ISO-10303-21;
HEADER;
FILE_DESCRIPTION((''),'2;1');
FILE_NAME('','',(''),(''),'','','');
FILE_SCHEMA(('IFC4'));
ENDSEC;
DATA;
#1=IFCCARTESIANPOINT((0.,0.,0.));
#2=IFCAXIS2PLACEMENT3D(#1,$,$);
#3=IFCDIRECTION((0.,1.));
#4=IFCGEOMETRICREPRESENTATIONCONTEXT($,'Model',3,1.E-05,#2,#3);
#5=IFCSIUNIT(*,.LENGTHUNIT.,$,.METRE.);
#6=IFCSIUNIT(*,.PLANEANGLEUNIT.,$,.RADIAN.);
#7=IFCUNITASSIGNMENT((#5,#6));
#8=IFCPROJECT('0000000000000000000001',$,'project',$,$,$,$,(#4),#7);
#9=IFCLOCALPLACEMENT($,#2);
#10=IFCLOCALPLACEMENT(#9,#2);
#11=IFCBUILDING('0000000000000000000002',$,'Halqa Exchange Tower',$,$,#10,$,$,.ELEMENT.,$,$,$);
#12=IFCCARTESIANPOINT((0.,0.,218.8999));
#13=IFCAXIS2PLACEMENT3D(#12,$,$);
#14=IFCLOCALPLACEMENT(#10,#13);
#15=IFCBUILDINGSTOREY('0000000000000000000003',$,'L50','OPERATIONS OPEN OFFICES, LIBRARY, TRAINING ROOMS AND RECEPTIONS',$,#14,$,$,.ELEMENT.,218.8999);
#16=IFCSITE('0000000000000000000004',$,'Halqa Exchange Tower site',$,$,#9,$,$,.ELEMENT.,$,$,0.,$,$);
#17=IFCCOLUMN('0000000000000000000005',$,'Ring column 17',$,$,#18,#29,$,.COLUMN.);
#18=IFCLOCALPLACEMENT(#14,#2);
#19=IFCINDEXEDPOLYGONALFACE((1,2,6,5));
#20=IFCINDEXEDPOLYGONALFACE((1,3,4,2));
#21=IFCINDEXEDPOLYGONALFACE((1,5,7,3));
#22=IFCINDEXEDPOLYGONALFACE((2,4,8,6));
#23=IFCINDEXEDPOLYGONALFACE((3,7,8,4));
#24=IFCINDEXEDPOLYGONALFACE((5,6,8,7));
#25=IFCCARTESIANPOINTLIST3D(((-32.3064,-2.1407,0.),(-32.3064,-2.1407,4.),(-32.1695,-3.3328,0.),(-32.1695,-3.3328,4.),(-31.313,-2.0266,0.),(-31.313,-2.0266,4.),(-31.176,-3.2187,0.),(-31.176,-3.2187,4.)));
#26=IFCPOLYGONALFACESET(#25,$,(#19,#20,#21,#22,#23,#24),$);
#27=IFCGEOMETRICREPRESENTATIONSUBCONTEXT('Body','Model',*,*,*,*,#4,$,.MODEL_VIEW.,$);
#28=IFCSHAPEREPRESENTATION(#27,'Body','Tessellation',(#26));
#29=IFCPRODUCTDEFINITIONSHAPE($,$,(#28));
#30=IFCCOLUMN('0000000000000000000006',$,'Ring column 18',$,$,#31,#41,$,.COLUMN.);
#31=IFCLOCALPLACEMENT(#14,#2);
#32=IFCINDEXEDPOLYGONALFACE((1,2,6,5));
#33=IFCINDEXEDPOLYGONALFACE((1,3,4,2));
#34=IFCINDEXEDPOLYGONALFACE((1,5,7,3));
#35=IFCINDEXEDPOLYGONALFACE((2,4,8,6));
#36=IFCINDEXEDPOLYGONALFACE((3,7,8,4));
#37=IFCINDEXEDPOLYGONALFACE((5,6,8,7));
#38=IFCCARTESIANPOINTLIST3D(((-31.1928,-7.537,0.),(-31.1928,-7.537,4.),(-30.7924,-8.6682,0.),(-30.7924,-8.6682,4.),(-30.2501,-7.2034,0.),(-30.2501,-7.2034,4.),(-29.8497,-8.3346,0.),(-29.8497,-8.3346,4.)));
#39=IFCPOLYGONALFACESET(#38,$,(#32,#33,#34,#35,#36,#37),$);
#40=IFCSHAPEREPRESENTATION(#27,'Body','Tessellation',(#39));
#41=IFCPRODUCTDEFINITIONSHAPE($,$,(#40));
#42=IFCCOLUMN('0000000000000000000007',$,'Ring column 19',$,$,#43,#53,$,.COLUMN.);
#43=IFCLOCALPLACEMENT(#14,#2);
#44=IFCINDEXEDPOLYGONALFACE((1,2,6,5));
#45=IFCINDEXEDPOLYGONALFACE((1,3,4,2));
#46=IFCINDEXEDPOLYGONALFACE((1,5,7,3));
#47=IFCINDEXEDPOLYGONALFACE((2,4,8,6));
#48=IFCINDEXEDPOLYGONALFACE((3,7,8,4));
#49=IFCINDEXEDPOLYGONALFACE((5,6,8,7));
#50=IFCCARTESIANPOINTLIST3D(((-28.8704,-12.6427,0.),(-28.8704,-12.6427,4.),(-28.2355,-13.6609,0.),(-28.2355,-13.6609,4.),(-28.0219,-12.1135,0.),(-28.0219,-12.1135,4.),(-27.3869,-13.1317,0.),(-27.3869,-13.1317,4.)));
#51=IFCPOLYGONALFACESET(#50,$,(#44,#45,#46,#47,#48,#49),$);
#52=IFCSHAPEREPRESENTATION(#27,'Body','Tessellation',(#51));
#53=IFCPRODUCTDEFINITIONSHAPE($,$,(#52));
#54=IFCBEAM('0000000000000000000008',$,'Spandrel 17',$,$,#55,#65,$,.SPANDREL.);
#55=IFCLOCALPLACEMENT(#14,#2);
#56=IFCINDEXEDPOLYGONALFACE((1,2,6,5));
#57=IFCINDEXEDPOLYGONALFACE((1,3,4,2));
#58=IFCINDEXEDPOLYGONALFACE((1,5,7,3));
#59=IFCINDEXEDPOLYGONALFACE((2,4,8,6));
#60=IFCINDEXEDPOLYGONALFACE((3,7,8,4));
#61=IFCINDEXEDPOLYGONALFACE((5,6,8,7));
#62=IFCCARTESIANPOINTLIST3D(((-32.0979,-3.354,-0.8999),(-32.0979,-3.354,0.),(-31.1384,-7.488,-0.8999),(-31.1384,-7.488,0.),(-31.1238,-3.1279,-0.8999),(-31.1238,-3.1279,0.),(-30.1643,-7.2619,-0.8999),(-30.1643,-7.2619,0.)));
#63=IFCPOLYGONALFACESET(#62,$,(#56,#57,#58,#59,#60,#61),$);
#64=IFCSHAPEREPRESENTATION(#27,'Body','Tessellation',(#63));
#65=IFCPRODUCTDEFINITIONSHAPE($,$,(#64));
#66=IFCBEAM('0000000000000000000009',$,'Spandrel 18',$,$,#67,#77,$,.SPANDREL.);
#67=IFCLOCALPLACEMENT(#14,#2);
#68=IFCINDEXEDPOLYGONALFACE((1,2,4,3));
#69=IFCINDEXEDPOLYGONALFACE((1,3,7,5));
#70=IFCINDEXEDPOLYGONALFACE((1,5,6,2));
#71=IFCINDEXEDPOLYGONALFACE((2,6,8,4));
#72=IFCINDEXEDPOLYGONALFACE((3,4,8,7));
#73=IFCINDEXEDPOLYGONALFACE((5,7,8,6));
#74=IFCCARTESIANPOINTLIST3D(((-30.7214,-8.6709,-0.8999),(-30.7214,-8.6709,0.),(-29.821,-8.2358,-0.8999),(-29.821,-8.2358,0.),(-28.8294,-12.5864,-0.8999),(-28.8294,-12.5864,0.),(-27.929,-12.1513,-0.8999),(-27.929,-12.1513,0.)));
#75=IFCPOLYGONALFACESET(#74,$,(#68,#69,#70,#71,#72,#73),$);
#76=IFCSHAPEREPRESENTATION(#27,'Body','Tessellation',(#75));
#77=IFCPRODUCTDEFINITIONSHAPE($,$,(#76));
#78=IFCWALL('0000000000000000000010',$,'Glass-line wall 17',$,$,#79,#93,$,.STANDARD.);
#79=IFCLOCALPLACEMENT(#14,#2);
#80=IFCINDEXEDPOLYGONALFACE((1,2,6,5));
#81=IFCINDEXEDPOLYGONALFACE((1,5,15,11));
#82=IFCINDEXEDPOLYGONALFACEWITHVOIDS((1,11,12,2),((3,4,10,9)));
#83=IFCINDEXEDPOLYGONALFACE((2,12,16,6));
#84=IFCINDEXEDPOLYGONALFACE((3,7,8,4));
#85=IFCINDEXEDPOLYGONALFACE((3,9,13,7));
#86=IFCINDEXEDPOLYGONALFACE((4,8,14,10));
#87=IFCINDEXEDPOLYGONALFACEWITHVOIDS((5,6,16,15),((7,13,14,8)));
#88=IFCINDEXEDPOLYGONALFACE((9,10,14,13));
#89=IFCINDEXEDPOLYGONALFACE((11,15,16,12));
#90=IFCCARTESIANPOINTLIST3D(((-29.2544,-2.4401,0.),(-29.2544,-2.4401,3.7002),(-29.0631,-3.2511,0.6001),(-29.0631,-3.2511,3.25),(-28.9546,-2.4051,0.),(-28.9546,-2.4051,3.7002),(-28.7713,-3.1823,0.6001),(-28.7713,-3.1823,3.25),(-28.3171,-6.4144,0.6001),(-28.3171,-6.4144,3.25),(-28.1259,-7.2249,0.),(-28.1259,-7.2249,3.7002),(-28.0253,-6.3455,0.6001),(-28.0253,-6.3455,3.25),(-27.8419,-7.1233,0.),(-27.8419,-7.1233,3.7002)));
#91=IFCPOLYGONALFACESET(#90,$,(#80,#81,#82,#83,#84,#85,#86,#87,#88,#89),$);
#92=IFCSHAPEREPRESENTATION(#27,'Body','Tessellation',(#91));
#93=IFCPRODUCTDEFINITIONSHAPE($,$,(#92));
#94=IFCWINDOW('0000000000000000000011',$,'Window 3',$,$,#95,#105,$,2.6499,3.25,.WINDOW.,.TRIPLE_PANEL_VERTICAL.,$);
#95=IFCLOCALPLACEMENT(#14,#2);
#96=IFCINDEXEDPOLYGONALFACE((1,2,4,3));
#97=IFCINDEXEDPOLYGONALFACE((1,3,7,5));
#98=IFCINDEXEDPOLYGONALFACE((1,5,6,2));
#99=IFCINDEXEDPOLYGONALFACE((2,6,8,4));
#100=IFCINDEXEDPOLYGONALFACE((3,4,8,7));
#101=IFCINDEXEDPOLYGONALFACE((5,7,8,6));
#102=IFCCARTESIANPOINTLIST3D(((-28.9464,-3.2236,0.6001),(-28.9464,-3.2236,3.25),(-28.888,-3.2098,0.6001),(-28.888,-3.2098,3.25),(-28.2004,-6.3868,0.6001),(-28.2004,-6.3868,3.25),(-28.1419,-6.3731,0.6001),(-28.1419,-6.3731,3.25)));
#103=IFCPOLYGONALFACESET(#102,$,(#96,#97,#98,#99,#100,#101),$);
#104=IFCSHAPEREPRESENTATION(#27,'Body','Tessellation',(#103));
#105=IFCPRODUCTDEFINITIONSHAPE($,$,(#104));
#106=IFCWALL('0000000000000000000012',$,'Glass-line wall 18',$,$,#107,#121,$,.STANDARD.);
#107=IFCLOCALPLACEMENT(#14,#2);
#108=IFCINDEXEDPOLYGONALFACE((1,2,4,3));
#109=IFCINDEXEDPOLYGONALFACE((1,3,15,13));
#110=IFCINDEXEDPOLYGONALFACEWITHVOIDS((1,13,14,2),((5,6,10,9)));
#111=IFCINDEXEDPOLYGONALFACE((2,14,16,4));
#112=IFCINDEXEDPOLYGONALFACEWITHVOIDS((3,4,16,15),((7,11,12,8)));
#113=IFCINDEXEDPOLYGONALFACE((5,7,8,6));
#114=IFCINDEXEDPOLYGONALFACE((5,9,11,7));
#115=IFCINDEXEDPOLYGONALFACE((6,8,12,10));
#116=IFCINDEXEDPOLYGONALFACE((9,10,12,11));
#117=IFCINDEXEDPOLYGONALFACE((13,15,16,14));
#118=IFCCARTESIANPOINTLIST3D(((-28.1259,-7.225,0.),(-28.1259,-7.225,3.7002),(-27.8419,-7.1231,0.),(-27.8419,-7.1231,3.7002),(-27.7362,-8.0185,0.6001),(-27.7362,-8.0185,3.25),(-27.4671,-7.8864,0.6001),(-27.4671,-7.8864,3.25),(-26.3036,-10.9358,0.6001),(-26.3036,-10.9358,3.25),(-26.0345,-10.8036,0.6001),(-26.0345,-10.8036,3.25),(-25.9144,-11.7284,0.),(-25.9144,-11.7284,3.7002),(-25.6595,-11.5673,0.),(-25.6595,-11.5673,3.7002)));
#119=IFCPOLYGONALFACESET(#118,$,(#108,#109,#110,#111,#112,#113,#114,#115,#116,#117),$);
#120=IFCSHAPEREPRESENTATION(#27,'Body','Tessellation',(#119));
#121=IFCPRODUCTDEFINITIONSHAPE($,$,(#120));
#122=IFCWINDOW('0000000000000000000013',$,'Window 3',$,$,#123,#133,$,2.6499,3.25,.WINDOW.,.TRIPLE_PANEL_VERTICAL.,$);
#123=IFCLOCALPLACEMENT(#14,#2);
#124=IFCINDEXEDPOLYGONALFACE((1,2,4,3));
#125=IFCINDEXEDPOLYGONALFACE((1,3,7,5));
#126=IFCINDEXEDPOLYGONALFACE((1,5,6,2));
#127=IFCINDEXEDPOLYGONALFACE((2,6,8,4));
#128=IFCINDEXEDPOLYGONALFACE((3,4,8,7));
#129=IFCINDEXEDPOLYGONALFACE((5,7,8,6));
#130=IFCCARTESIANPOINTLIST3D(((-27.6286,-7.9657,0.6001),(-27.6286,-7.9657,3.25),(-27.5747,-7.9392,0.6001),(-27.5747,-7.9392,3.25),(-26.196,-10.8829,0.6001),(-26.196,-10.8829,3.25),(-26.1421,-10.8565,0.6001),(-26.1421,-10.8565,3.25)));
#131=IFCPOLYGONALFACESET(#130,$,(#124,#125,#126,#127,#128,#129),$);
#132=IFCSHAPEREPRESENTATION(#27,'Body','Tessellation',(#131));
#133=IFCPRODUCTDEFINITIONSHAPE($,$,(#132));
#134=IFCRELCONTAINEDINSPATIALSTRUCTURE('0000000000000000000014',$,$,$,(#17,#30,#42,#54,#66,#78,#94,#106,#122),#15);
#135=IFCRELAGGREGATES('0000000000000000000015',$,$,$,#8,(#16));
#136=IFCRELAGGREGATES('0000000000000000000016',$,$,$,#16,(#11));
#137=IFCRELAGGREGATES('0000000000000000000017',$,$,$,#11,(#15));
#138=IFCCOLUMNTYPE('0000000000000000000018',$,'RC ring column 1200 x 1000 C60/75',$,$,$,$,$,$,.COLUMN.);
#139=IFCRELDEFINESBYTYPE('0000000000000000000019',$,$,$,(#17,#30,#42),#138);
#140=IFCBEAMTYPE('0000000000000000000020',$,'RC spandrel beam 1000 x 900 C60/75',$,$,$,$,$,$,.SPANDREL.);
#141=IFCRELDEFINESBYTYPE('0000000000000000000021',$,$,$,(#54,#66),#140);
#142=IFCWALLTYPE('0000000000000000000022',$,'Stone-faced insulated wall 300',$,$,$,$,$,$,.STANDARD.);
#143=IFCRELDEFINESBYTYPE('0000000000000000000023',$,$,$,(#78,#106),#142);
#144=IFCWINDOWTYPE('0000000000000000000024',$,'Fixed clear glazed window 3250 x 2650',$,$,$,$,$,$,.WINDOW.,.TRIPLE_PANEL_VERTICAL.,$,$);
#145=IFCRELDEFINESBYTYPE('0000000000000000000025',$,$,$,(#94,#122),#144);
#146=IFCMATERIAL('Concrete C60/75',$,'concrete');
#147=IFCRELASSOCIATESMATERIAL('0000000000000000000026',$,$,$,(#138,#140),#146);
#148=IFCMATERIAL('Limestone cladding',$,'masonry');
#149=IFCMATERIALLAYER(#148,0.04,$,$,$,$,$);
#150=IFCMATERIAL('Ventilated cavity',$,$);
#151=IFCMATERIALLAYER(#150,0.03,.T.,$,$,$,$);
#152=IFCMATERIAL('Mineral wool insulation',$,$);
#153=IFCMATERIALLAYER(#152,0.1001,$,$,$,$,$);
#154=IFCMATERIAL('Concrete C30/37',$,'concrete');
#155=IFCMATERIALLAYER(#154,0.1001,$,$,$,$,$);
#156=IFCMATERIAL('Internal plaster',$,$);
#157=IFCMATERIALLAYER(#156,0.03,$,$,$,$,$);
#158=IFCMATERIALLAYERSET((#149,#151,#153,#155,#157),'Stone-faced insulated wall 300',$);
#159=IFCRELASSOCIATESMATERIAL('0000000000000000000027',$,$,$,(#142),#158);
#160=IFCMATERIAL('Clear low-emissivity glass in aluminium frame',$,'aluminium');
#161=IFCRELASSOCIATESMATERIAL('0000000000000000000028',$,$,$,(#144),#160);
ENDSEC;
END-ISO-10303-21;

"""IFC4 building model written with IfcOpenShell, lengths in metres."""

from ifc_helpers import new_model, si_unit, direction, frame, frame_2d, origin, origin_2d, place, context, subcontext, project, spatial, polyline, rectangle, outline, extrude, material, layer, layer_set, material_profile, profile_set, type_object, element, fill, save


model = new_model("IFC4")

# Units and contexts
model_context = context("Model", 3, precision=1e-05, world=origin(), true_north=direction((0.0, 1.0)))
body_context = subcontext(model_context, "Body", "Model", "MODEL_VIEW")
ifc_project = project(units=[si_unit("LENGTHUNIT", "METRE"), si_unit("PLANEANGLEUNIT", "RADIAN")], contexts=[model_context])

# Site, building, storey
site_placement = place(None, origin())
site = spatial("IfcSite", under=ifc_project, at=site_placement, Name="Halqa Exchange Tower site", CompositionType="ELEMENT", RefElevation=0.0)
building_placement = place(site_placement, origin())
building = spatial("IfcBuilding", under=site, at=building_placement, Name="Halqa Exchange Tower", CompositionType="ELEMENT")
storey_placement = place(building_placement, frame((0.0, 0.0, 218.8999)))
storey = spatial("IfcBuildingStorey", under=building, at=storey_placement, Name="L50", Description="OPERATIONS OPEN OFFICES, LIBRARY, TRAINING ROOMS AND RECEPTIONS", CompositionType="ELEMENT", Elevation=218.8999)

# Columns
ifc_material_1 = material(Name="Concrete C60/75", Category="concrete")
ifc_material_profile_1 = material_profile(ifc_material_1, rectangle(XDim=1.2, YDim=1.0, at=origin_2d()), Name="1200 x 1000")
ifc_profile_set_1 = profile_set([ifc_material_profile_1], Name="Concrete C60/75")
column_type = type_object("IfcColumnType", Name="RC ring column 1200 x 1000 C60/75", PredefinedType="COLUMN", material=ifc_profile_set_1)
for number, where, z_axis, x_axis, name in (
    (1, (-31.7412, -2.6797, 0.0), (0.0, 0.0, 1.0), (0.114157, -0.993463, 0.0), "Ring column 17"),
    (2, (-30.5212, -7.9358, 0.0), (0.0, 0.0, 1.0), (0.333626, -0.942706, 0.0), "Ring column 18"),
    (3, (-28.1287, -12.8872, 0.0), (0.0, 0.0, 1.0), (0.529145, -0.848531, 0.0), "Ring column 19"),
):
    element("IfcColumn", number, at=place(storey_placement, frame(where, z_axis=z_axis, x_axis=x_axis)), inside=storey, type_object=column_type, Name=name, PredefinedType="COLUMN", context=body_context, shape_type="SweptSolid", body=[
        extrude(rectangle(XDim=1.2, YDim=1.0, at=origin_2d()), origin(), (0.0, 0.0, 1.0), 4.0),
    ])

# Beams
ifc_material_profile_2 = material_profile(ifc_material_1, rectangle(XDim=1.0, YDim=0.8999, at=origin_2d()), Name="1000 x 900")
ifc_profile_set_2 = profile_set([ifc_material_profile_2], Name="Concrete C60/75")
beam_type = type_object("IfcBeamType", Name="RC spandrel beam 1000 x 900 C60/75", PredefinedType="SPANDREL", material=ifc_profile_set_2)
beam_1_placement = place(storey_placement, frame((-31.6108, -3.241, -0.45), z_axis=(0.226082, -0.974108, 0.0), x_axis=(0.974108, 0.226082, 0.0)))
element("IfcBeam", 4, at=beam_1_placement, inside=storey, type_object=beam_type, Name="Spandrel 17", PredefinedType="SPANDREL", context=body_context, shape_type="SweptSolid", body=[
    extrude(rectangle(XDim=1.0, YDim=0.8999, at=origin_2d()), origin(), (0.0, 0.0, 1.0), 4.2439),
])
beam_2_placement = place(storey_placement, frame((-30.2712, -8.4534, -0.45), z_axis=(0.435091, -0.900386, 0.0), x_axis=(0.900386, 0.435091, 0.0)))
element("IfcBeam", 5, at=beam_2_placement, inside=storey, type_object=beam_type, Name="Spandrel 18", PredefinedType="SPANDREL", context=body_context, shape_type="SweptSolid", body=[
    extrude(rectangle(XDim=1.0, YDim=0.8999, at=origin_2d()), origin(), (0.0, 0.0, 1.0), 4.3486),
])

# Walls, openings, windows
ifc_material_2 = material(Name="Limestone cladding", Category="masonry")
ifc_layer_1 = layer(ifc_material_2, 0.04)
ifc_material_3 = material(Name="Ventilated cavity")
ifc_layer_2 = layer(ifc_material_3, 0.03, ventilated=True)
ifc_material_4 = material(Name="Mineral wool insulation")
ifc_layer_3 = layer(ifc_material_4, 0.1001)
ifc_material_5 = material(Name="Concrete C30/37", Category="concrete")
ifc_layer_4 = layer(ifc_material_5, 0.1001)
ifc_material_6 = material(Name="Internal plaster")
ifc_layer_5 = layer(ifc_material_6, 0.03)
ifc_layer_set = layer_set([ifc_layer_1, ifc_layer_2, ifc_layer_3, ifc_layer_4, ifc_layer_5], Name="Stone-faced insulated wall 300")
wall_type = type_object("IfcWallType", Name="Stone-faced insulated wall 300", PredefinedType="STANDARD", material=ifc_layer_set)
wall_1_placement = place(storey_placement, frame((-29.1045, -2.4226, 0.0), z_axis=(0.0, 0.0, 1.0), x_axis=(0.229547, -0.973298, 0.0)))
wall_1 = element("IfcWall", 6, at=wall_1_placement, inside=storey, type_object=wall_type, Name="Glass-line wall 17", PredefinedType="STANDARD", context=body_context, shape_type="SweptSolid", body=[
    extrude(outline(polyline([(-0.0173, -0.1499), (4.8987, -0.1499), (4.865, 0.1499), (0.0173, 0.1499), (-0.0173, -0.1499)])), origin(), (0.0, 0.0, 1.0), 3.7002),
])
opening_1_placement = place(wall_1_placement, frame((0.8159, 0.0, 0.6001)))
opening_1 = element("IfcOpeningElement", 7, at=opening_1_placement, cuts=wall_1, PredefinedType="OPENING", context=body_context, shape_type="SweptSolid", body=[
    extrude(rectangle(XDim=3.25, YDim=2.6499, at=frame_2d((1.625, 1.325))), frame((0.0, 0.1621, 0.0), z_axis=(0.0, -1.0, 0.0), x_axis=(1.0, 0.0, 0.0)), (0.0, 0.0, 1.0), 0.324),
])
ifc_material_7 = material(Name="Clear low-emissivity glass in aluminium frame", Category="aluminium")
window_type = type_object("IfcWindowType", Name="Fixed clear glazed window 3250 x 2650", PartitioningType="TRIPLE_PANEL_VERTICAL", PredefinedType="WINDOW", material=ifc_material_7)
window_1_placement = place(opening_1_placement, origin())
window_1 = element("IfcWindow", 8, at=window_1_placement, inside=storey, type_object=window_type, Name="Window 3", OverallHeight=2.6499, OverallWidth=3.25, PartitioningType="TRIPLE_PANEL_VERTICAL", PredefinedType="WINDOW", context=body_context, shape_type="SweptSolid", body=[
    extrude(rectangle(XDim=3.25, YDim=2.6499, at=frame_2d((1.625, 1.325))), frame((0.0, 0.03, 0.0), z_axis=(0.0, -1.0, 0.0), x_axis=(1.0, 0.0, 0.0)), (0.0, 0.0, 1.0), 0.0601),
])
fill(opening_1, window_1)
wall_2_placement = place(storey_placement, frame((-27.9839, -7.1741, 0.0), z_axis=(0.0, 0.0, 1.0), x_axis=(0.440795, -0.897608, 0.0)))
wall_2 = element("IfcWall", 9, at=wall_2_placement, inside=storey, type_object=wall_type, Name="Glass-line wall 18", PredefinedType="STANDARD", context=body_context, shape_type="SweptSolid", body=[
    extrude(outline(polyline([(-0.0168, -0.1499), (5.0002, -0.1499), (4.968, 0.1499), (0.0168, 0.1499), (-0.0168, -0.1499)])), origin(), (0.0, 0.0, 1.0), 3.7002),
])
opening_2_placement = place(wall_2_placement, frame((0.8672, 0.0, 0.6001)))
opening_2 = element("IfcOpeningElement", 10, at=opening_2_placement, cuts=wall_2, PredefinedType="OPENING", context=body_context, shape_type="SweptSolid", body=[
    extrude(rectangle(XDim=3.25, YDim=2.6499, at=frame_2d((1.625, 1.325))), frame((0.0, 0.1621, 0.0), z_axis=(0.0, -1.0, 0.0), x_axis=(1.0, 0.0, 0.0)), (0.0, 0.0, 1.0), 0.324),
])
window_2_placement = place(opening_2_placement, origin())
window_2 = element("IfcWindow", 11, at=window_2_placement, inside=storey, type_object=window_type, Name="Window 3", OverallHeight=2.6499, OverallWidth=3.25, PartitioningType="TRIPLE_PANEL_VERTICAL", PredefinedType="WINDOW", context=body_context, shape_type="SweptSolid", body=[
    extrude(rectangle(XDim=3.25, YDim=2.6499, at=frame_2d((1.625, 1.325))), frame((0.0, 0.03, 0.0), z_axis=(0.0, -1.0, 0.0), x_axis=(1.0, 0.0, 0.0)), (0.0, 0.0, 1.0), 0.0601),
])
fill(opening_2, window_2)

save(model, "model.ifc")
